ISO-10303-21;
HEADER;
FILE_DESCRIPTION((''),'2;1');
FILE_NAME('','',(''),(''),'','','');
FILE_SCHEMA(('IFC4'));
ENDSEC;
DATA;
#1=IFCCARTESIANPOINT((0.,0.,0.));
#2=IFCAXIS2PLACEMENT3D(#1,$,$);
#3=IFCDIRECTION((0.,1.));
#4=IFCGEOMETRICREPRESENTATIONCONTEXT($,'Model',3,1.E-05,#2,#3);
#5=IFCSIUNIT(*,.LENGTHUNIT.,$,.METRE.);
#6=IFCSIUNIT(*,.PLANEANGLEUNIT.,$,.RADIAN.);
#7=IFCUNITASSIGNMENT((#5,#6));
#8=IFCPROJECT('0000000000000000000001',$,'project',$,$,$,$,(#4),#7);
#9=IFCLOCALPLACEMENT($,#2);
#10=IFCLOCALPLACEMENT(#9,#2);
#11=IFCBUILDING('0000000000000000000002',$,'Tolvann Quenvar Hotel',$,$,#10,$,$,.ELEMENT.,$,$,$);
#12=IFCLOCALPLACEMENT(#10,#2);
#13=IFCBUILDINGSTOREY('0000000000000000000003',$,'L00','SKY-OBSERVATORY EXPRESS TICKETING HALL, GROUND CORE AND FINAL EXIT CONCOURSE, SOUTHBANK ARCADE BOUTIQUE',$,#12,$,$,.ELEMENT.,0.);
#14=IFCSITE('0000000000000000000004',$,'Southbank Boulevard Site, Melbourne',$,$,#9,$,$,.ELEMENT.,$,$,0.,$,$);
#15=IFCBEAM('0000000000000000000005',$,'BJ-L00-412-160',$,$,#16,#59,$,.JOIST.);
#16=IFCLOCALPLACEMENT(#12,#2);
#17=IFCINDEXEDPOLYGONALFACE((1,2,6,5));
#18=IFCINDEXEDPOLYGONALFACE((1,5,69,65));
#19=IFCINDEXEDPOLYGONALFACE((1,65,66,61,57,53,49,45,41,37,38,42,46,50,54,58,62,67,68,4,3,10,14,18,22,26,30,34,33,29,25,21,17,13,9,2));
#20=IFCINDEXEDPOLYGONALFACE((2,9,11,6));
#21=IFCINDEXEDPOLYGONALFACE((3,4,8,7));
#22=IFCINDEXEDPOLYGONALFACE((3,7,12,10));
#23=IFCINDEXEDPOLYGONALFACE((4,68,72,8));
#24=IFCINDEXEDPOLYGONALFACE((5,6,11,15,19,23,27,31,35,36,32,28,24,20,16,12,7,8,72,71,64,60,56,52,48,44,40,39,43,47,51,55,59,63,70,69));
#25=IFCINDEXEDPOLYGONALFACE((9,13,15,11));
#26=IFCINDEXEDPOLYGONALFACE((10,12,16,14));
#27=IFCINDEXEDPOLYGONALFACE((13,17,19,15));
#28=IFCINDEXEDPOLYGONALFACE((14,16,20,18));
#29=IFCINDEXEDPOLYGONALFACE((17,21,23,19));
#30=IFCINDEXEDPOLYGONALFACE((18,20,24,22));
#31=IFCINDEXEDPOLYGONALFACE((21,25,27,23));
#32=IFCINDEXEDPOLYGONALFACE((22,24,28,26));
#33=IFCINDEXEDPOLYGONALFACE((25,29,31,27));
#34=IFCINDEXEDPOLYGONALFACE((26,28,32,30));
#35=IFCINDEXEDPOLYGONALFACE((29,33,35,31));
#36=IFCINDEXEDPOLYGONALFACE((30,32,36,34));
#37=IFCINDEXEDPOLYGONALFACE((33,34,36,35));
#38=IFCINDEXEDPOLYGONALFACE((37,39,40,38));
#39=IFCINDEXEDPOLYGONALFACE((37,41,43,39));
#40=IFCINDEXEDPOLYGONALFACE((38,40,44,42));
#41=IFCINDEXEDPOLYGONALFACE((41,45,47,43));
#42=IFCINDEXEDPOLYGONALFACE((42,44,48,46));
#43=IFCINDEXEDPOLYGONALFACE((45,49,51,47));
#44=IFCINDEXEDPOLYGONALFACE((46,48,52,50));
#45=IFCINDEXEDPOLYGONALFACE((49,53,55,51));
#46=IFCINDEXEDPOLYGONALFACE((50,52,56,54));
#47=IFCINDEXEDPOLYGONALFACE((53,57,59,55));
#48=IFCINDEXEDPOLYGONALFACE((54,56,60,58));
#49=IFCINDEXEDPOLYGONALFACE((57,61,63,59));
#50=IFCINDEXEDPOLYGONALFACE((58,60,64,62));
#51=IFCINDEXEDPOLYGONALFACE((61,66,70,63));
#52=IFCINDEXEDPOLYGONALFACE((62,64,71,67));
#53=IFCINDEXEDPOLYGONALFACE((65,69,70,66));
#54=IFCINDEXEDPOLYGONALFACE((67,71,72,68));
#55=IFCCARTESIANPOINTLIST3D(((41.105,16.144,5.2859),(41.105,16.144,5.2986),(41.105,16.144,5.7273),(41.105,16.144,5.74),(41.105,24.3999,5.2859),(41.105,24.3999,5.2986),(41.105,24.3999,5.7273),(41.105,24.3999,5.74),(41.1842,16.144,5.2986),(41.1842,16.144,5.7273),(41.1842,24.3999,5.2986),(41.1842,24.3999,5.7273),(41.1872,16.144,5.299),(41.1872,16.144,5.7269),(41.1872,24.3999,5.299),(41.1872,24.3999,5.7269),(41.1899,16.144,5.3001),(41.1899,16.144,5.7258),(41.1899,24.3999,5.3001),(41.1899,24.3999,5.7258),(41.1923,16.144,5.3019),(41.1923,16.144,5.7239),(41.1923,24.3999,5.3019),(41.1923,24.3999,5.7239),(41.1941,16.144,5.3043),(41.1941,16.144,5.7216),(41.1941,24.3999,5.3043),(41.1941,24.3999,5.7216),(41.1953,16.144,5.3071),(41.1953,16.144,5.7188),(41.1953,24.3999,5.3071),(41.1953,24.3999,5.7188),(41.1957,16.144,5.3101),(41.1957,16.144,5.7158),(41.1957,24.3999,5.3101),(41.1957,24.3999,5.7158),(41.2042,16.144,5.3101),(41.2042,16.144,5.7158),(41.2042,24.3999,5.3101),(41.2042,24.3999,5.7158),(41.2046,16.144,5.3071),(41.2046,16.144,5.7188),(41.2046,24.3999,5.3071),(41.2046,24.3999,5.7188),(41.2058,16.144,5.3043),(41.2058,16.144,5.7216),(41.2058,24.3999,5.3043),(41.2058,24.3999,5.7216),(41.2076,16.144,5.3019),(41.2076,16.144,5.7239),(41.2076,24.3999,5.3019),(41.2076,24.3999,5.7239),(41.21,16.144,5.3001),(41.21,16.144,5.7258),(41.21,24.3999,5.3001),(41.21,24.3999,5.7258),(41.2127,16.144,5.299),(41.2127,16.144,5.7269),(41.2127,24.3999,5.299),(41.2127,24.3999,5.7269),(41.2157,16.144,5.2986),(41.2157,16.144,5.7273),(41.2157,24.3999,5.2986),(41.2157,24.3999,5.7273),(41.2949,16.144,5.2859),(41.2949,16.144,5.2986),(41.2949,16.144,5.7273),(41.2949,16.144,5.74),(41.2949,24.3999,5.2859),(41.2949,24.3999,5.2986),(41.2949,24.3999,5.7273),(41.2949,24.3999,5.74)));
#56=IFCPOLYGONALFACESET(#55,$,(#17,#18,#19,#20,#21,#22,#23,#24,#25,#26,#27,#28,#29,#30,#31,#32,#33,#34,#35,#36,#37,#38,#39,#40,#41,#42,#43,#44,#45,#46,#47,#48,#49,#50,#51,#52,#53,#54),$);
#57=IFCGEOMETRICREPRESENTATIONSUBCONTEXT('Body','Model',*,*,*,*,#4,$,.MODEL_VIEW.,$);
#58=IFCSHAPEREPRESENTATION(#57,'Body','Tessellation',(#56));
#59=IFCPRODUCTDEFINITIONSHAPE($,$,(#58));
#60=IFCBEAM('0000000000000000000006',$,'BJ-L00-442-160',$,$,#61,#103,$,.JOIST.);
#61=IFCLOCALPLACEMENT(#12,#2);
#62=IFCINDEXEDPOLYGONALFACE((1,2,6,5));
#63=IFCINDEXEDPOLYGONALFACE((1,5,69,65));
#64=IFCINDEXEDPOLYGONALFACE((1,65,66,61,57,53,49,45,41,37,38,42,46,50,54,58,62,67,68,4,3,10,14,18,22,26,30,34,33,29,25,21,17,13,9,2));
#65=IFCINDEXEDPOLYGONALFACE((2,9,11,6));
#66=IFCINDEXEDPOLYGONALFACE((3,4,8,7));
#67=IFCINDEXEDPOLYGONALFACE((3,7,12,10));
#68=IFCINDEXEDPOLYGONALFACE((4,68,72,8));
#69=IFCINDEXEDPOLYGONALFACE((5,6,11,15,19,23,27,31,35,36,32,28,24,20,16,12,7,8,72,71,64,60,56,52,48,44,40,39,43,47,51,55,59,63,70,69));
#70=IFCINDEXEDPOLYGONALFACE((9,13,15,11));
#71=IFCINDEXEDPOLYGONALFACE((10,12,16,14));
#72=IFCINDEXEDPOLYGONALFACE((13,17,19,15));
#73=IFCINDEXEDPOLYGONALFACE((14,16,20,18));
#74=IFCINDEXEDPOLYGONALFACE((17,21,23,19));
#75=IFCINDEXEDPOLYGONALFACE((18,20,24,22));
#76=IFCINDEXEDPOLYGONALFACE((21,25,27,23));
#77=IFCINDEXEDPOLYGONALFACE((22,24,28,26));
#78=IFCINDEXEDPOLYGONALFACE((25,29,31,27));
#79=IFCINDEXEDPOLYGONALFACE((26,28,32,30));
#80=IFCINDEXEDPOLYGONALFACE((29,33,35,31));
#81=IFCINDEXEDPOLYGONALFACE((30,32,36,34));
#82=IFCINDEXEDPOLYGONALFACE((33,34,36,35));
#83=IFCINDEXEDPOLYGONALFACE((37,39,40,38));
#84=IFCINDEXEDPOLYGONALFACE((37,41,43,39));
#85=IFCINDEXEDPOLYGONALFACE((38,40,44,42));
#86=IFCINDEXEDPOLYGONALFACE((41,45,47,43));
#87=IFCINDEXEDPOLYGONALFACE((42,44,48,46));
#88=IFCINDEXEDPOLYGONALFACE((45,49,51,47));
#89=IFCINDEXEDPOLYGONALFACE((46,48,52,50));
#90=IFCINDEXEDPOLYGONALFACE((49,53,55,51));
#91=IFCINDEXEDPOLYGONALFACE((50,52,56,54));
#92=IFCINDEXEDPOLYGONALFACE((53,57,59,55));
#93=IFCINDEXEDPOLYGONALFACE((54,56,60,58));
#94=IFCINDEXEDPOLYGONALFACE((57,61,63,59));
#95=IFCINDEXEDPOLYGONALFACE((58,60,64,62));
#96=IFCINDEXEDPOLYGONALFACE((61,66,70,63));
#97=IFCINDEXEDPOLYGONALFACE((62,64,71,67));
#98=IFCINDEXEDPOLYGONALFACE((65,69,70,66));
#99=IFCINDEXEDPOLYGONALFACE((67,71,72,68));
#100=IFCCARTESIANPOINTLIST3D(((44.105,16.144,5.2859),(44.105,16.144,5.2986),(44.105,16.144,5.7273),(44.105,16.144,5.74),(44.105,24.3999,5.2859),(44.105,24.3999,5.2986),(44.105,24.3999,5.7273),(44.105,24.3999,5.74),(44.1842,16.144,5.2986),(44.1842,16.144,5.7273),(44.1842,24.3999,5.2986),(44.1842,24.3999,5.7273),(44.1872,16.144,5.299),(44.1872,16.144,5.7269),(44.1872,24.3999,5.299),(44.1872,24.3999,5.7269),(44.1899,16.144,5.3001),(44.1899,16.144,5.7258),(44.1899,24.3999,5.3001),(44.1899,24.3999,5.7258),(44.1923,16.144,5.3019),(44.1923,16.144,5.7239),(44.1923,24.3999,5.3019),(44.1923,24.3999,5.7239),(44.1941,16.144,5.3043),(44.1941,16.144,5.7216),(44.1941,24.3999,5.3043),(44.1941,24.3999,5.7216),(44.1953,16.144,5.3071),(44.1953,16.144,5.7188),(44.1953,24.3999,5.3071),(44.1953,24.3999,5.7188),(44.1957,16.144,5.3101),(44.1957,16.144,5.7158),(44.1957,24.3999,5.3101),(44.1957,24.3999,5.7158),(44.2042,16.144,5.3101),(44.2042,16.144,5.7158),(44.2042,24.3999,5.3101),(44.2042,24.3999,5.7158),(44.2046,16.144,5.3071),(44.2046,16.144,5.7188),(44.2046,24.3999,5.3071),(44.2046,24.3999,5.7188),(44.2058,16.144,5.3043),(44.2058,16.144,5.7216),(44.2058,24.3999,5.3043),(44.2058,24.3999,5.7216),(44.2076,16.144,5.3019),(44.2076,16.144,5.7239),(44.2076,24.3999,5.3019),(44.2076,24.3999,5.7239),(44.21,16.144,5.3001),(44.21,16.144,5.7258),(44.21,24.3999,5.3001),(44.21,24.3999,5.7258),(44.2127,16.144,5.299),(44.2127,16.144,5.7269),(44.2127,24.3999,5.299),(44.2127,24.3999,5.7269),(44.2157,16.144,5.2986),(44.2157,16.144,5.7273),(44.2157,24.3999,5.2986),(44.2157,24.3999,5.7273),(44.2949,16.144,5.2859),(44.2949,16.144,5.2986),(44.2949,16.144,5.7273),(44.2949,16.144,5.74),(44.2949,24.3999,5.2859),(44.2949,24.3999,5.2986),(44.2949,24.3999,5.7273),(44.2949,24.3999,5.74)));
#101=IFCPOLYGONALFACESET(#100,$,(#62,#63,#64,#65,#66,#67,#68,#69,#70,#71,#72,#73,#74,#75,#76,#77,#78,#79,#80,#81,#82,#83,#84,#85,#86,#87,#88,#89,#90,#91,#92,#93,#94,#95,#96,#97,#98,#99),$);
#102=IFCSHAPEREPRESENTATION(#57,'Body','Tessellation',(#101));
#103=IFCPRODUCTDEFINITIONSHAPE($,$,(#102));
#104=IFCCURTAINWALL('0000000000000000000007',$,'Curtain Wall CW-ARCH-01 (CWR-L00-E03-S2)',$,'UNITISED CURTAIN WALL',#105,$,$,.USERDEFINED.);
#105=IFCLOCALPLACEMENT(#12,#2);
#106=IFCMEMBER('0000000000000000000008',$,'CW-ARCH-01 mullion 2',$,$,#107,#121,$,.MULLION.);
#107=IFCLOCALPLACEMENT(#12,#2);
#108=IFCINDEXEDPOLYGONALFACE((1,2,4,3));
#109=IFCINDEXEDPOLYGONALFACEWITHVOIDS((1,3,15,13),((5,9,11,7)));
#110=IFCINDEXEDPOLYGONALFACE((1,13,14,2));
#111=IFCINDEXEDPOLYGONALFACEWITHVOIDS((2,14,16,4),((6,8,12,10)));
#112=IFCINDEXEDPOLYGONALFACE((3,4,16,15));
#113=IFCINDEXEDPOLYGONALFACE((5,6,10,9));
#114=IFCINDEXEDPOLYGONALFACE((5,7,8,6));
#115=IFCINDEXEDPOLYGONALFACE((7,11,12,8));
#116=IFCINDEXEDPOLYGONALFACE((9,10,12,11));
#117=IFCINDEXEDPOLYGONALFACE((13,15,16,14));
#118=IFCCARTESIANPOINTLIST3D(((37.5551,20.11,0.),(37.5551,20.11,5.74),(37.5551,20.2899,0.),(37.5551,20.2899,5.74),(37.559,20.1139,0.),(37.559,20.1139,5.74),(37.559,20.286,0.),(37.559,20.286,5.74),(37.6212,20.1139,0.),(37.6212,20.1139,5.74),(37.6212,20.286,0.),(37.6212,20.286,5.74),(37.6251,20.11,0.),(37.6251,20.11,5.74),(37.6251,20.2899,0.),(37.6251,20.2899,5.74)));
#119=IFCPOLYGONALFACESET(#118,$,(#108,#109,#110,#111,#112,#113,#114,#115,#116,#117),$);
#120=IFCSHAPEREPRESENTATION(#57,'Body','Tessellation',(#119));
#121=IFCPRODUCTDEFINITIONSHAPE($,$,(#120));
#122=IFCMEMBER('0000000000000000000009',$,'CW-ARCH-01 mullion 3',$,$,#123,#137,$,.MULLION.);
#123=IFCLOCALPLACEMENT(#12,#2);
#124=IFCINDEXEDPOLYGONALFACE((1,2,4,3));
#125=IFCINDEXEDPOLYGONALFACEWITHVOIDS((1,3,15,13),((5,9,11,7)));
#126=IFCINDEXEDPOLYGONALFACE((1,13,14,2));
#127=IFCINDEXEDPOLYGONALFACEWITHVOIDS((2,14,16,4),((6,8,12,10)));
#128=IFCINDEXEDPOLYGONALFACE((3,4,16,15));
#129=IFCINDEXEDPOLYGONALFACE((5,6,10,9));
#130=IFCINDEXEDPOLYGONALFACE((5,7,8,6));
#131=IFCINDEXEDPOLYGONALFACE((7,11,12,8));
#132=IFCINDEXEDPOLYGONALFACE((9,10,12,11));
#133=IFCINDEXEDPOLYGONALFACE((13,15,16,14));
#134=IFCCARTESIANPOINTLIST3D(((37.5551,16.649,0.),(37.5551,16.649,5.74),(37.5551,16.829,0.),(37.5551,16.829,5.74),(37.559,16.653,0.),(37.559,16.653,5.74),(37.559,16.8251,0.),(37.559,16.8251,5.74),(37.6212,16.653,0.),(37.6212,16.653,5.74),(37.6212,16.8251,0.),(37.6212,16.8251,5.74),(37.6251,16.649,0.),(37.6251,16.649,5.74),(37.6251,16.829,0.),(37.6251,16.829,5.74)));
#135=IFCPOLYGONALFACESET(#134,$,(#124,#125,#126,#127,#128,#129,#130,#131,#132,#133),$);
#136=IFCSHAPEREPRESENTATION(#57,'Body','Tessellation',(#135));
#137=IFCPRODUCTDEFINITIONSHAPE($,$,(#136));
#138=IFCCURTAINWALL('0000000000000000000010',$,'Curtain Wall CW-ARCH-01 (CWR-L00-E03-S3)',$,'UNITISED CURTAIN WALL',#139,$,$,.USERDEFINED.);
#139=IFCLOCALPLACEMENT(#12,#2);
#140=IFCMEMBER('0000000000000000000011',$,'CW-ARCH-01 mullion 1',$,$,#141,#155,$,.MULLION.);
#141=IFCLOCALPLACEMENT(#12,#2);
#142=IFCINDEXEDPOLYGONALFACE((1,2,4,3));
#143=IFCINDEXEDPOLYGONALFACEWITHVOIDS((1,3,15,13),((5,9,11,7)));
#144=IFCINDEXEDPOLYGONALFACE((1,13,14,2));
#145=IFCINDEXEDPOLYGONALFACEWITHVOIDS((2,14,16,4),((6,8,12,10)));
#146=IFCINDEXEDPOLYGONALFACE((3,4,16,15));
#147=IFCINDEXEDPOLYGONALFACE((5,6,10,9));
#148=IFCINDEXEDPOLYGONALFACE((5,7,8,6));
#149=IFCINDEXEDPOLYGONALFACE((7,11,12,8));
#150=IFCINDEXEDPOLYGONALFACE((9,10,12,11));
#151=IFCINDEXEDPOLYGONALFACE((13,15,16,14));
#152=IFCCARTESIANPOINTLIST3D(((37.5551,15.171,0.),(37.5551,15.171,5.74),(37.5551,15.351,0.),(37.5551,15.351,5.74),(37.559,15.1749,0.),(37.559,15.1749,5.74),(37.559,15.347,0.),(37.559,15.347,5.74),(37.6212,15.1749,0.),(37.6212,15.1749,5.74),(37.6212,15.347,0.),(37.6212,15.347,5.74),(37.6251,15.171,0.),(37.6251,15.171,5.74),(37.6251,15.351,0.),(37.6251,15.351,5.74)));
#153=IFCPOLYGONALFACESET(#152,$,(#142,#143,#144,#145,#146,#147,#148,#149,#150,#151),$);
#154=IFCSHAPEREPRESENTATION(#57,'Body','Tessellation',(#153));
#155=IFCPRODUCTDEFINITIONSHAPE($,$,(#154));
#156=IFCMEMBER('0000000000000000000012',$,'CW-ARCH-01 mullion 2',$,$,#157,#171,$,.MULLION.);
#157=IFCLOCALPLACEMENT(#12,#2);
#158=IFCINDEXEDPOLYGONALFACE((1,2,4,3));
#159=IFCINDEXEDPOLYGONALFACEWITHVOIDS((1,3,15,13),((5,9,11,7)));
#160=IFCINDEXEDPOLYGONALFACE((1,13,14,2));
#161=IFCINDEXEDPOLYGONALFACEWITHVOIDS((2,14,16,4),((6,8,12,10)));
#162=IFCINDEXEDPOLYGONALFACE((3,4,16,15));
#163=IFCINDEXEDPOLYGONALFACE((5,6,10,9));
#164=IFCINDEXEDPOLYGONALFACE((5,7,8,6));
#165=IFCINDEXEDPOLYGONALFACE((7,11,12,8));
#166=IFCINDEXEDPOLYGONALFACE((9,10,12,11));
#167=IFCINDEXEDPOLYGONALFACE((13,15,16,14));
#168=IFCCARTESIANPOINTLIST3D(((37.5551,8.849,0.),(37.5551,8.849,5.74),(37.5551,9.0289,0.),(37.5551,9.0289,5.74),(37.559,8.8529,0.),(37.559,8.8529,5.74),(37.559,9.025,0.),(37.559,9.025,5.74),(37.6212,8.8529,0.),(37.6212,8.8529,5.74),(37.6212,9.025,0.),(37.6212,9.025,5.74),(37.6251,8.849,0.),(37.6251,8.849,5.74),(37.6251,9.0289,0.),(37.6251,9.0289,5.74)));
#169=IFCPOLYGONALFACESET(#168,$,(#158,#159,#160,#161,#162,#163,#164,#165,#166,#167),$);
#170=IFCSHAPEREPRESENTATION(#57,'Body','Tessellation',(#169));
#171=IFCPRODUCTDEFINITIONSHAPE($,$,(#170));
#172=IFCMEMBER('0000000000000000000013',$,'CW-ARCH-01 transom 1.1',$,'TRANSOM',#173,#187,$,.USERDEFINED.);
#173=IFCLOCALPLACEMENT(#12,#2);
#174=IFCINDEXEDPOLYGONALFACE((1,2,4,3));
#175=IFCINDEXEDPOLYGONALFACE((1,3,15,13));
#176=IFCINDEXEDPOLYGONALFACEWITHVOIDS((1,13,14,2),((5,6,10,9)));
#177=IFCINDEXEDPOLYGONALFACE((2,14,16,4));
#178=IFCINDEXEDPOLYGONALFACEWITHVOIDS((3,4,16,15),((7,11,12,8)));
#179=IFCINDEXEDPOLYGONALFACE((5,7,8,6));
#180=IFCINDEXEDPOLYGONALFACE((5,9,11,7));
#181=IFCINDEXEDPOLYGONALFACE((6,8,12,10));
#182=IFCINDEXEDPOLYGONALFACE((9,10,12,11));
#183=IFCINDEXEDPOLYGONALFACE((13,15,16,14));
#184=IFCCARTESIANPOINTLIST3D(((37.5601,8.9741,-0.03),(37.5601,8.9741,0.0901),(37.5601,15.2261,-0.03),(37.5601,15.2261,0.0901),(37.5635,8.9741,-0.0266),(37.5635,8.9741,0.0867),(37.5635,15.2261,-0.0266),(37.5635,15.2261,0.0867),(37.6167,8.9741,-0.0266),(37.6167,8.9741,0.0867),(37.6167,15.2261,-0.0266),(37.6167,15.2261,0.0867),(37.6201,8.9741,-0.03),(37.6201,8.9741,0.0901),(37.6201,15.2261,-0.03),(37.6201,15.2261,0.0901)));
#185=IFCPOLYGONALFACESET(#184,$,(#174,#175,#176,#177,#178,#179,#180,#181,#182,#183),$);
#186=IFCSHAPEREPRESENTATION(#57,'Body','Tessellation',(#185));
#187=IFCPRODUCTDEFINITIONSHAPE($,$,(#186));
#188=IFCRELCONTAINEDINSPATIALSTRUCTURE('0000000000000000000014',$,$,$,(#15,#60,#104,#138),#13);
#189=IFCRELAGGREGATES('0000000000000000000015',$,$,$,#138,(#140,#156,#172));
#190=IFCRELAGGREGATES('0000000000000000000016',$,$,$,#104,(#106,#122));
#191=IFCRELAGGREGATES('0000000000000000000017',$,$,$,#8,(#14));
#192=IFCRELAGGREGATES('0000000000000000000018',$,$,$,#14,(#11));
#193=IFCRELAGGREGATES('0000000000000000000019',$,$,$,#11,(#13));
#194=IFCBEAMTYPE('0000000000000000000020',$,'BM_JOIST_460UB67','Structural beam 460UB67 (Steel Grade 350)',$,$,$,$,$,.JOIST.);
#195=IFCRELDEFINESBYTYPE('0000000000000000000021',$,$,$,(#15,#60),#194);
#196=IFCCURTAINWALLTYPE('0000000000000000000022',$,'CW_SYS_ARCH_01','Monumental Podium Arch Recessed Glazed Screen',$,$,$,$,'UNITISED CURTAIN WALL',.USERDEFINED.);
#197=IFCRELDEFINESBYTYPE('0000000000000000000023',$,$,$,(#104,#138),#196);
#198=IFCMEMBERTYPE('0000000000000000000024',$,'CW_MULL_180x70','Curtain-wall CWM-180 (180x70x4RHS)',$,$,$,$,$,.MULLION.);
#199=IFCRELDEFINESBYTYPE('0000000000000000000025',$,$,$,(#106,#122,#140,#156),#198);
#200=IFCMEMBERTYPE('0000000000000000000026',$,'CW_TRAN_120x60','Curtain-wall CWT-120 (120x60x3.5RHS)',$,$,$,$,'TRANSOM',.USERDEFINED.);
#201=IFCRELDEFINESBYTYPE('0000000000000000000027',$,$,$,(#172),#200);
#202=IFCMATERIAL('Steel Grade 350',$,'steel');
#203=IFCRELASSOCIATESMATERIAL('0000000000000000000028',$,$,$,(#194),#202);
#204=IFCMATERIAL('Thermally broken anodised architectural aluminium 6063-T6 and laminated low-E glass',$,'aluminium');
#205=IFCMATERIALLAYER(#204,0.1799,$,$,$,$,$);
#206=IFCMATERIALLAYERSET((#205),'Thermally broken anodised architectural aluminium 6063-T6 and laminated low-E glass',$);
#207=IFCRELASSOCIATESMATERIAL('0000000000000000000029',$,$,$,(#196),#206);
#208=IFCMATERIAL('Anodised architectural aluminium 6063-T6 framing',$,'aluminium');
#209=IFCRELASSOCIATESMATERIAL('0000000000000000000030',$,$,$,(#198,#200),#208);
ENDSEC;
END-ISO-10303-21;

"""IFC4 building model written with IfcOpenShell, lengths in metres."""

from ifc_helpers import new_model, si_unit, direction, frame, origin, origin_2d, place, context, subcontext, project, spatial, hollow_rectangle, i_section, extrude, source, transform, mapped, material, layer, layer_set, material_profile, profile_set, type_object, type_shapes, element, aggregate, save


model = new_model("IFC4")

# Units and contexts
model_context = context("Model", 3, precision=1e-05, world=origin(), true_north=direction((0.0, 1.0)))
body_context = subcontext(model_context, "Body", "Model", "MODEL_VIEW")
ifc_project = project(units=[si_unit("LENGTHUNIT", "METRE"), si_unit("PLANEANGLEUNIT", "RADIAN")], contexts=[model_context])

# Site, building, storey
site_placement = place(None, origin())
site = spatial("IfcSite", under=ifc_project, at=site_placement, Name="Southbank Boulevard Site, Melbourne", CompositionType="ELEMENT", RefElevation=0.0)
building_placement = place(site_placement, origin())
building = spatial("IfcBuilding", under=site, at=building_placement, Name="Tolvann Quenvar Hotel", CompositionType="ELEMENT")
storey_placement = place(building_placement, origin())
storey = spatial("IfcBuildingStorey", under=building, at=storey_placement, Name="L00", Description="SKY-OBSERVATORY EXPRESS TICKETING HALL, GROUND CORE AND FINAL EXIT CONCOURSE, SOUTHBANK ARCADE BOUTIQUE", CompositionType="ELEMENT", Elevation=0.0)

# Beams
ifc_material_1 = material(Name="Steel Grade 350", Category="steel")
ifc_material_profile_1 = material_profile(ifc_material_1, i_section(OverallWidth=0.1899, OverallDepth=0.4541, WebThickness=0.0085, FlangeThickness=0.0127, FilletRadius=0.0115, at=origin_2d()), Name="460UB67")
ifc_profile_set_1 = profile_set([ifc_material_profile_1], Name="Steel Grade 350")
beam_type_1 = type_object("IfcBeamType", Name="BM_JOIST_460UB67", Description="Structural beam 460UB67 (Steel Grade 350)", PredefinedType="JOIST", material=ifc_profile_set_1)
shared_shape_1 = source(origin(), body_context, "Body", "SweptSolid", [
    extrude(i_section(OverallWidth=0.1899, OverallDepth=0.4541, WebThickness=0.0085, FlangeThickness=0.0127, FilletRadius=0.0115, at=origin_2d()), origin(), (0.0, 0.0, 1.0), 8.2559),
])
for number, where, z_axis, x_axis, name in (
    (1, (41.2, 16.144, 5.5129), (0.0, 1.0, 0.0), (-1.0, 0.0, 0.0), "BJ-L00-412-160"),
    (2, (44.2, 16.144, 5.5129), (0.0, 1.0, 0.0), (-1.0, 0.0, 0.0), "BJ-L00-442-160"),
):
    element("IfcBeam", number, at=place(storey_placement, frame(where, z_axis=z_axis, x_axis=x_axis)), inside=storey, type_object=beam_type_1, Name=name, PredefinedType="JOIST", context=body_context, shape_type="MappedRepresentation", body=[
        mapped(shared_shape_1, transform((0.0, 0.0, 0.0), x_axis=(1.0, 0.0, 0.0), y_axis=(0.0, 1.0, 0.0), z_axis=(0.0, 0.0, 1.0), scale=1.0)),
    ])

# Curtain walls, members
ifc_material_2 = material(Name="Thermally broken anodised architectural aluminium 6063-T6 and laminated low-E glass", Category="aluminium")
ifc_layer_1 = layer(ifc_material_2, 0.1799)
ifc_layer_set_1 = layer_set([ifc_layer_1], Name="Thermally broken anodised architectural aluminium 6063-T6 and laminated low-E glass")
curtain_wall_type = type_object("IfcCurtainWallType", Name="CW_SYS_ARCH_01", Description="Monumental Podium Arch Recessed Glazed Screen", ElementType="UNITISED CURTAIN WALL", PredefinedType="USERDEFINED", material=ifc_layer_set_1)
curtain_wall_1_placement = place(storey_placement, origin())
curtain_wall_1 = element("IfcCurtainWall", 3, at=curtain_wall_1_placement, inside=storey, type_object=curtain_wall_type, Name="Curtain Wall CW-ARCH-01 (CWR-L00-E03-S2)", ObjectType="UNITISED CURTAIN WALL", PredefinedType="USERDEFINED")
ifc_material_3 = material(Name="Anodised architectural aluminium 6063-T6 framing", Category="aluminium")
ifc_material_profile_2 = material_profile(ifc_material_3, hollow_rectangle(XDim=0.0701, YDim=0.1799, WallThickness=0.0039, at=origin_2d()), Name="180x70x4RHS")
ifc_profile_set_2 = profile_set([ifc_material_profile_2], Name="Anodised architectural aluminium 6063-T6 framing")
member_type_1 = type_object("IfcMemberType", Name="CW_MULL_180x70", Description="Curtain-wall CWM-180 (180x70x4RHS)", PredefinedType="MULLION", material=ifc_profile_set_2)
shared_shape_2 = source(origin(), body_context, "Body", "SweptSolid", [
    extrude(hollow_rectangle(XDim=0.0701, YDim=0.1799, WallThickness=0.0039, at=origin_2d()), origin(), (0.0, 0.0, 1.0), 5.74),
])
type_shapes(member_type_1, [shared_shape_2])
member_1_placement = place(storey_placement, frame((37.5901, 20.2, 0.0), z_axis=(0.0, 0.0, 1.0), x_axis=(1.0, 0.0, 0.0)))
member_1 = element("IfcMember", 4, at=member_1_placement, type_object=member_type_1, Name="CW-ARCH-01 mullion 2", PredefinedType="MULLION", context=body_context, shape_type="MappedRepresentation", body=[
    mapped(shared_shape_2, transform((0.0, 0.0, 0.0), x_axis=(1.0, 0.0, 0.0), y_axis=(0.0, 1.0, 0.0), z_axis=(0.0, 0.0, 1.0), scale=1.0)),
])
member_2_placement = place(storey_placement, frame((37.5901, 16.739, 0.0), z_axis=(0.0, 0.0, 1.0), x_axis=(1.0, 0.0, 0.0)))
member_2 = element("IfcMember", 5, at=member_2_placement, type_object=member_type_1, Name="CW-ARCH-01 mullion 3", PredefinedType="MULLION", context=body_context, shape_type="MappedRepresentation", body=[
    mapped(shared_shape_2, transform((0.0, 0.0, 0.0), x_axis=(1.0, 0.0, 0.0), y_axis=(0.0, 1.0, 0.0), z_axis=(0.0, 0.0, 1.0), scale=1.0)),
])
curtain_wall_2_placement = place(storey_placement, origin())
curtain_wall_2 = element("IfcCurtainWall", 6, at=curtain_wall_2_placement, inside=storey, type_object=curtain_wall_type, Name="Curtain Wall CW-ARCH-01 (CWR-L00-E03-S3)", ObjectType="UNITISED CURTAIN WALL", PredefinedType="USERDEFINED")
member_3_placement = place(storey_placement, frame((37.5901, 15.261, 0.0), z_axis=(0.0, 0.0, 1.0), x_axis=(1.0, 0.0, 0.0)))
member_3 = element("IfcMember", 7, at=member_3_placement, type_object=member_type_1, Name="CW-ARCH-01 mullion 1", PredefinedType="MULLION", context=body_context, shape_type="MappedRepresentation", body=[
    mapped(shared_shape_2, transform((0.0, 0.0, 0.0), x_axis=(1.0, 0.0, 0.0), y_axis=(0.0, 1.0, 0.0), z_axis=(0.0, 0.0, 1.0), scale=1.0)),
])
member_4_placement = place(storey_placement, frame((37.5901, 8.939, 0.0), z_axis=(0.0, 0.0, 1.0), x_axis=(1.0, 0.0, 0.0)))
member_4 = element("IfcMember", 8, at=member_4_placement, type_object=member_type_1, Name="CW-ARCH-01 mullion 2", PredefinedType="MULLION", context=body_context, shape_type="MappedRepresentation", body=[
    mapped(shared_shape_2, transform((0.0, 0.0, 0.0), x_axis=(1.0, 0.0, 0.0), y_axis=(0.0, 1.0, 0.0), z_axis=(0.0, 0.0, 1.0), scale=1.0)),
])
ifc_material_profile_3 = material_profile(ifc_material_3, hollow_rectangle(XDim=0.0601, YDim=0.1201, WallThickness=0.0034, at=origin_2d()), Name="120x60x3.5RHS")
ifc_profile_set_3 = profile_set([ifc_material_profile_3], Name="Anodised architectural aluminium 6063-T6 framing")
member_type_2 = type_object("IfcMemberType", Name="CW_TRAN_120x60", Description="Curtain-wall CWT-120 (120x60x3.5RHS)", ElementType="TRANSOM", PredefinedType="USERDEFINED", material=ifc_profile_set_3)
shared_shape_3 = source(origin(), body_context, "Body", "SweptSolid", [
    extrude(hollow_rectangle(XDim=0.0601, YDim=0.1201, WallThickness=0.0034, at=origin_2d()), origin(), (0.0, 0.0, 1.0), 6.252),
])
member_5_placement = place(storey_placement, frame((37.5901, 15.2261, 0.03), z_axis=(0.0, -1.0, 0.0), x_axis=(1.0, 0.0, 0.0)))
member_5 = element("IfcMember", 9, at=member_5_placement, type_object=member_type_2, Name="CW-ARCH-01 transom 1.1", ObjectType="TRANSOM", PredefinedType="USERDEFINED", context=body_context, shape_type="MappedRepresentation", body=[
    mapped(shared_shape_3, transform((0.0, 0.0, 0.0), x_axis=(1.0, 0.0, 0.0), y_axis=(0.0, 1.0, 0.0), z_axis=(0.0, 0.0, 1.0), scale=1.0)),
])

aggregate(curtain_wall_2, [member_3, member_4, member_5])
aggregate(curtain_wall_1, [member_1, member_2])

save(model, "model.ifc")
